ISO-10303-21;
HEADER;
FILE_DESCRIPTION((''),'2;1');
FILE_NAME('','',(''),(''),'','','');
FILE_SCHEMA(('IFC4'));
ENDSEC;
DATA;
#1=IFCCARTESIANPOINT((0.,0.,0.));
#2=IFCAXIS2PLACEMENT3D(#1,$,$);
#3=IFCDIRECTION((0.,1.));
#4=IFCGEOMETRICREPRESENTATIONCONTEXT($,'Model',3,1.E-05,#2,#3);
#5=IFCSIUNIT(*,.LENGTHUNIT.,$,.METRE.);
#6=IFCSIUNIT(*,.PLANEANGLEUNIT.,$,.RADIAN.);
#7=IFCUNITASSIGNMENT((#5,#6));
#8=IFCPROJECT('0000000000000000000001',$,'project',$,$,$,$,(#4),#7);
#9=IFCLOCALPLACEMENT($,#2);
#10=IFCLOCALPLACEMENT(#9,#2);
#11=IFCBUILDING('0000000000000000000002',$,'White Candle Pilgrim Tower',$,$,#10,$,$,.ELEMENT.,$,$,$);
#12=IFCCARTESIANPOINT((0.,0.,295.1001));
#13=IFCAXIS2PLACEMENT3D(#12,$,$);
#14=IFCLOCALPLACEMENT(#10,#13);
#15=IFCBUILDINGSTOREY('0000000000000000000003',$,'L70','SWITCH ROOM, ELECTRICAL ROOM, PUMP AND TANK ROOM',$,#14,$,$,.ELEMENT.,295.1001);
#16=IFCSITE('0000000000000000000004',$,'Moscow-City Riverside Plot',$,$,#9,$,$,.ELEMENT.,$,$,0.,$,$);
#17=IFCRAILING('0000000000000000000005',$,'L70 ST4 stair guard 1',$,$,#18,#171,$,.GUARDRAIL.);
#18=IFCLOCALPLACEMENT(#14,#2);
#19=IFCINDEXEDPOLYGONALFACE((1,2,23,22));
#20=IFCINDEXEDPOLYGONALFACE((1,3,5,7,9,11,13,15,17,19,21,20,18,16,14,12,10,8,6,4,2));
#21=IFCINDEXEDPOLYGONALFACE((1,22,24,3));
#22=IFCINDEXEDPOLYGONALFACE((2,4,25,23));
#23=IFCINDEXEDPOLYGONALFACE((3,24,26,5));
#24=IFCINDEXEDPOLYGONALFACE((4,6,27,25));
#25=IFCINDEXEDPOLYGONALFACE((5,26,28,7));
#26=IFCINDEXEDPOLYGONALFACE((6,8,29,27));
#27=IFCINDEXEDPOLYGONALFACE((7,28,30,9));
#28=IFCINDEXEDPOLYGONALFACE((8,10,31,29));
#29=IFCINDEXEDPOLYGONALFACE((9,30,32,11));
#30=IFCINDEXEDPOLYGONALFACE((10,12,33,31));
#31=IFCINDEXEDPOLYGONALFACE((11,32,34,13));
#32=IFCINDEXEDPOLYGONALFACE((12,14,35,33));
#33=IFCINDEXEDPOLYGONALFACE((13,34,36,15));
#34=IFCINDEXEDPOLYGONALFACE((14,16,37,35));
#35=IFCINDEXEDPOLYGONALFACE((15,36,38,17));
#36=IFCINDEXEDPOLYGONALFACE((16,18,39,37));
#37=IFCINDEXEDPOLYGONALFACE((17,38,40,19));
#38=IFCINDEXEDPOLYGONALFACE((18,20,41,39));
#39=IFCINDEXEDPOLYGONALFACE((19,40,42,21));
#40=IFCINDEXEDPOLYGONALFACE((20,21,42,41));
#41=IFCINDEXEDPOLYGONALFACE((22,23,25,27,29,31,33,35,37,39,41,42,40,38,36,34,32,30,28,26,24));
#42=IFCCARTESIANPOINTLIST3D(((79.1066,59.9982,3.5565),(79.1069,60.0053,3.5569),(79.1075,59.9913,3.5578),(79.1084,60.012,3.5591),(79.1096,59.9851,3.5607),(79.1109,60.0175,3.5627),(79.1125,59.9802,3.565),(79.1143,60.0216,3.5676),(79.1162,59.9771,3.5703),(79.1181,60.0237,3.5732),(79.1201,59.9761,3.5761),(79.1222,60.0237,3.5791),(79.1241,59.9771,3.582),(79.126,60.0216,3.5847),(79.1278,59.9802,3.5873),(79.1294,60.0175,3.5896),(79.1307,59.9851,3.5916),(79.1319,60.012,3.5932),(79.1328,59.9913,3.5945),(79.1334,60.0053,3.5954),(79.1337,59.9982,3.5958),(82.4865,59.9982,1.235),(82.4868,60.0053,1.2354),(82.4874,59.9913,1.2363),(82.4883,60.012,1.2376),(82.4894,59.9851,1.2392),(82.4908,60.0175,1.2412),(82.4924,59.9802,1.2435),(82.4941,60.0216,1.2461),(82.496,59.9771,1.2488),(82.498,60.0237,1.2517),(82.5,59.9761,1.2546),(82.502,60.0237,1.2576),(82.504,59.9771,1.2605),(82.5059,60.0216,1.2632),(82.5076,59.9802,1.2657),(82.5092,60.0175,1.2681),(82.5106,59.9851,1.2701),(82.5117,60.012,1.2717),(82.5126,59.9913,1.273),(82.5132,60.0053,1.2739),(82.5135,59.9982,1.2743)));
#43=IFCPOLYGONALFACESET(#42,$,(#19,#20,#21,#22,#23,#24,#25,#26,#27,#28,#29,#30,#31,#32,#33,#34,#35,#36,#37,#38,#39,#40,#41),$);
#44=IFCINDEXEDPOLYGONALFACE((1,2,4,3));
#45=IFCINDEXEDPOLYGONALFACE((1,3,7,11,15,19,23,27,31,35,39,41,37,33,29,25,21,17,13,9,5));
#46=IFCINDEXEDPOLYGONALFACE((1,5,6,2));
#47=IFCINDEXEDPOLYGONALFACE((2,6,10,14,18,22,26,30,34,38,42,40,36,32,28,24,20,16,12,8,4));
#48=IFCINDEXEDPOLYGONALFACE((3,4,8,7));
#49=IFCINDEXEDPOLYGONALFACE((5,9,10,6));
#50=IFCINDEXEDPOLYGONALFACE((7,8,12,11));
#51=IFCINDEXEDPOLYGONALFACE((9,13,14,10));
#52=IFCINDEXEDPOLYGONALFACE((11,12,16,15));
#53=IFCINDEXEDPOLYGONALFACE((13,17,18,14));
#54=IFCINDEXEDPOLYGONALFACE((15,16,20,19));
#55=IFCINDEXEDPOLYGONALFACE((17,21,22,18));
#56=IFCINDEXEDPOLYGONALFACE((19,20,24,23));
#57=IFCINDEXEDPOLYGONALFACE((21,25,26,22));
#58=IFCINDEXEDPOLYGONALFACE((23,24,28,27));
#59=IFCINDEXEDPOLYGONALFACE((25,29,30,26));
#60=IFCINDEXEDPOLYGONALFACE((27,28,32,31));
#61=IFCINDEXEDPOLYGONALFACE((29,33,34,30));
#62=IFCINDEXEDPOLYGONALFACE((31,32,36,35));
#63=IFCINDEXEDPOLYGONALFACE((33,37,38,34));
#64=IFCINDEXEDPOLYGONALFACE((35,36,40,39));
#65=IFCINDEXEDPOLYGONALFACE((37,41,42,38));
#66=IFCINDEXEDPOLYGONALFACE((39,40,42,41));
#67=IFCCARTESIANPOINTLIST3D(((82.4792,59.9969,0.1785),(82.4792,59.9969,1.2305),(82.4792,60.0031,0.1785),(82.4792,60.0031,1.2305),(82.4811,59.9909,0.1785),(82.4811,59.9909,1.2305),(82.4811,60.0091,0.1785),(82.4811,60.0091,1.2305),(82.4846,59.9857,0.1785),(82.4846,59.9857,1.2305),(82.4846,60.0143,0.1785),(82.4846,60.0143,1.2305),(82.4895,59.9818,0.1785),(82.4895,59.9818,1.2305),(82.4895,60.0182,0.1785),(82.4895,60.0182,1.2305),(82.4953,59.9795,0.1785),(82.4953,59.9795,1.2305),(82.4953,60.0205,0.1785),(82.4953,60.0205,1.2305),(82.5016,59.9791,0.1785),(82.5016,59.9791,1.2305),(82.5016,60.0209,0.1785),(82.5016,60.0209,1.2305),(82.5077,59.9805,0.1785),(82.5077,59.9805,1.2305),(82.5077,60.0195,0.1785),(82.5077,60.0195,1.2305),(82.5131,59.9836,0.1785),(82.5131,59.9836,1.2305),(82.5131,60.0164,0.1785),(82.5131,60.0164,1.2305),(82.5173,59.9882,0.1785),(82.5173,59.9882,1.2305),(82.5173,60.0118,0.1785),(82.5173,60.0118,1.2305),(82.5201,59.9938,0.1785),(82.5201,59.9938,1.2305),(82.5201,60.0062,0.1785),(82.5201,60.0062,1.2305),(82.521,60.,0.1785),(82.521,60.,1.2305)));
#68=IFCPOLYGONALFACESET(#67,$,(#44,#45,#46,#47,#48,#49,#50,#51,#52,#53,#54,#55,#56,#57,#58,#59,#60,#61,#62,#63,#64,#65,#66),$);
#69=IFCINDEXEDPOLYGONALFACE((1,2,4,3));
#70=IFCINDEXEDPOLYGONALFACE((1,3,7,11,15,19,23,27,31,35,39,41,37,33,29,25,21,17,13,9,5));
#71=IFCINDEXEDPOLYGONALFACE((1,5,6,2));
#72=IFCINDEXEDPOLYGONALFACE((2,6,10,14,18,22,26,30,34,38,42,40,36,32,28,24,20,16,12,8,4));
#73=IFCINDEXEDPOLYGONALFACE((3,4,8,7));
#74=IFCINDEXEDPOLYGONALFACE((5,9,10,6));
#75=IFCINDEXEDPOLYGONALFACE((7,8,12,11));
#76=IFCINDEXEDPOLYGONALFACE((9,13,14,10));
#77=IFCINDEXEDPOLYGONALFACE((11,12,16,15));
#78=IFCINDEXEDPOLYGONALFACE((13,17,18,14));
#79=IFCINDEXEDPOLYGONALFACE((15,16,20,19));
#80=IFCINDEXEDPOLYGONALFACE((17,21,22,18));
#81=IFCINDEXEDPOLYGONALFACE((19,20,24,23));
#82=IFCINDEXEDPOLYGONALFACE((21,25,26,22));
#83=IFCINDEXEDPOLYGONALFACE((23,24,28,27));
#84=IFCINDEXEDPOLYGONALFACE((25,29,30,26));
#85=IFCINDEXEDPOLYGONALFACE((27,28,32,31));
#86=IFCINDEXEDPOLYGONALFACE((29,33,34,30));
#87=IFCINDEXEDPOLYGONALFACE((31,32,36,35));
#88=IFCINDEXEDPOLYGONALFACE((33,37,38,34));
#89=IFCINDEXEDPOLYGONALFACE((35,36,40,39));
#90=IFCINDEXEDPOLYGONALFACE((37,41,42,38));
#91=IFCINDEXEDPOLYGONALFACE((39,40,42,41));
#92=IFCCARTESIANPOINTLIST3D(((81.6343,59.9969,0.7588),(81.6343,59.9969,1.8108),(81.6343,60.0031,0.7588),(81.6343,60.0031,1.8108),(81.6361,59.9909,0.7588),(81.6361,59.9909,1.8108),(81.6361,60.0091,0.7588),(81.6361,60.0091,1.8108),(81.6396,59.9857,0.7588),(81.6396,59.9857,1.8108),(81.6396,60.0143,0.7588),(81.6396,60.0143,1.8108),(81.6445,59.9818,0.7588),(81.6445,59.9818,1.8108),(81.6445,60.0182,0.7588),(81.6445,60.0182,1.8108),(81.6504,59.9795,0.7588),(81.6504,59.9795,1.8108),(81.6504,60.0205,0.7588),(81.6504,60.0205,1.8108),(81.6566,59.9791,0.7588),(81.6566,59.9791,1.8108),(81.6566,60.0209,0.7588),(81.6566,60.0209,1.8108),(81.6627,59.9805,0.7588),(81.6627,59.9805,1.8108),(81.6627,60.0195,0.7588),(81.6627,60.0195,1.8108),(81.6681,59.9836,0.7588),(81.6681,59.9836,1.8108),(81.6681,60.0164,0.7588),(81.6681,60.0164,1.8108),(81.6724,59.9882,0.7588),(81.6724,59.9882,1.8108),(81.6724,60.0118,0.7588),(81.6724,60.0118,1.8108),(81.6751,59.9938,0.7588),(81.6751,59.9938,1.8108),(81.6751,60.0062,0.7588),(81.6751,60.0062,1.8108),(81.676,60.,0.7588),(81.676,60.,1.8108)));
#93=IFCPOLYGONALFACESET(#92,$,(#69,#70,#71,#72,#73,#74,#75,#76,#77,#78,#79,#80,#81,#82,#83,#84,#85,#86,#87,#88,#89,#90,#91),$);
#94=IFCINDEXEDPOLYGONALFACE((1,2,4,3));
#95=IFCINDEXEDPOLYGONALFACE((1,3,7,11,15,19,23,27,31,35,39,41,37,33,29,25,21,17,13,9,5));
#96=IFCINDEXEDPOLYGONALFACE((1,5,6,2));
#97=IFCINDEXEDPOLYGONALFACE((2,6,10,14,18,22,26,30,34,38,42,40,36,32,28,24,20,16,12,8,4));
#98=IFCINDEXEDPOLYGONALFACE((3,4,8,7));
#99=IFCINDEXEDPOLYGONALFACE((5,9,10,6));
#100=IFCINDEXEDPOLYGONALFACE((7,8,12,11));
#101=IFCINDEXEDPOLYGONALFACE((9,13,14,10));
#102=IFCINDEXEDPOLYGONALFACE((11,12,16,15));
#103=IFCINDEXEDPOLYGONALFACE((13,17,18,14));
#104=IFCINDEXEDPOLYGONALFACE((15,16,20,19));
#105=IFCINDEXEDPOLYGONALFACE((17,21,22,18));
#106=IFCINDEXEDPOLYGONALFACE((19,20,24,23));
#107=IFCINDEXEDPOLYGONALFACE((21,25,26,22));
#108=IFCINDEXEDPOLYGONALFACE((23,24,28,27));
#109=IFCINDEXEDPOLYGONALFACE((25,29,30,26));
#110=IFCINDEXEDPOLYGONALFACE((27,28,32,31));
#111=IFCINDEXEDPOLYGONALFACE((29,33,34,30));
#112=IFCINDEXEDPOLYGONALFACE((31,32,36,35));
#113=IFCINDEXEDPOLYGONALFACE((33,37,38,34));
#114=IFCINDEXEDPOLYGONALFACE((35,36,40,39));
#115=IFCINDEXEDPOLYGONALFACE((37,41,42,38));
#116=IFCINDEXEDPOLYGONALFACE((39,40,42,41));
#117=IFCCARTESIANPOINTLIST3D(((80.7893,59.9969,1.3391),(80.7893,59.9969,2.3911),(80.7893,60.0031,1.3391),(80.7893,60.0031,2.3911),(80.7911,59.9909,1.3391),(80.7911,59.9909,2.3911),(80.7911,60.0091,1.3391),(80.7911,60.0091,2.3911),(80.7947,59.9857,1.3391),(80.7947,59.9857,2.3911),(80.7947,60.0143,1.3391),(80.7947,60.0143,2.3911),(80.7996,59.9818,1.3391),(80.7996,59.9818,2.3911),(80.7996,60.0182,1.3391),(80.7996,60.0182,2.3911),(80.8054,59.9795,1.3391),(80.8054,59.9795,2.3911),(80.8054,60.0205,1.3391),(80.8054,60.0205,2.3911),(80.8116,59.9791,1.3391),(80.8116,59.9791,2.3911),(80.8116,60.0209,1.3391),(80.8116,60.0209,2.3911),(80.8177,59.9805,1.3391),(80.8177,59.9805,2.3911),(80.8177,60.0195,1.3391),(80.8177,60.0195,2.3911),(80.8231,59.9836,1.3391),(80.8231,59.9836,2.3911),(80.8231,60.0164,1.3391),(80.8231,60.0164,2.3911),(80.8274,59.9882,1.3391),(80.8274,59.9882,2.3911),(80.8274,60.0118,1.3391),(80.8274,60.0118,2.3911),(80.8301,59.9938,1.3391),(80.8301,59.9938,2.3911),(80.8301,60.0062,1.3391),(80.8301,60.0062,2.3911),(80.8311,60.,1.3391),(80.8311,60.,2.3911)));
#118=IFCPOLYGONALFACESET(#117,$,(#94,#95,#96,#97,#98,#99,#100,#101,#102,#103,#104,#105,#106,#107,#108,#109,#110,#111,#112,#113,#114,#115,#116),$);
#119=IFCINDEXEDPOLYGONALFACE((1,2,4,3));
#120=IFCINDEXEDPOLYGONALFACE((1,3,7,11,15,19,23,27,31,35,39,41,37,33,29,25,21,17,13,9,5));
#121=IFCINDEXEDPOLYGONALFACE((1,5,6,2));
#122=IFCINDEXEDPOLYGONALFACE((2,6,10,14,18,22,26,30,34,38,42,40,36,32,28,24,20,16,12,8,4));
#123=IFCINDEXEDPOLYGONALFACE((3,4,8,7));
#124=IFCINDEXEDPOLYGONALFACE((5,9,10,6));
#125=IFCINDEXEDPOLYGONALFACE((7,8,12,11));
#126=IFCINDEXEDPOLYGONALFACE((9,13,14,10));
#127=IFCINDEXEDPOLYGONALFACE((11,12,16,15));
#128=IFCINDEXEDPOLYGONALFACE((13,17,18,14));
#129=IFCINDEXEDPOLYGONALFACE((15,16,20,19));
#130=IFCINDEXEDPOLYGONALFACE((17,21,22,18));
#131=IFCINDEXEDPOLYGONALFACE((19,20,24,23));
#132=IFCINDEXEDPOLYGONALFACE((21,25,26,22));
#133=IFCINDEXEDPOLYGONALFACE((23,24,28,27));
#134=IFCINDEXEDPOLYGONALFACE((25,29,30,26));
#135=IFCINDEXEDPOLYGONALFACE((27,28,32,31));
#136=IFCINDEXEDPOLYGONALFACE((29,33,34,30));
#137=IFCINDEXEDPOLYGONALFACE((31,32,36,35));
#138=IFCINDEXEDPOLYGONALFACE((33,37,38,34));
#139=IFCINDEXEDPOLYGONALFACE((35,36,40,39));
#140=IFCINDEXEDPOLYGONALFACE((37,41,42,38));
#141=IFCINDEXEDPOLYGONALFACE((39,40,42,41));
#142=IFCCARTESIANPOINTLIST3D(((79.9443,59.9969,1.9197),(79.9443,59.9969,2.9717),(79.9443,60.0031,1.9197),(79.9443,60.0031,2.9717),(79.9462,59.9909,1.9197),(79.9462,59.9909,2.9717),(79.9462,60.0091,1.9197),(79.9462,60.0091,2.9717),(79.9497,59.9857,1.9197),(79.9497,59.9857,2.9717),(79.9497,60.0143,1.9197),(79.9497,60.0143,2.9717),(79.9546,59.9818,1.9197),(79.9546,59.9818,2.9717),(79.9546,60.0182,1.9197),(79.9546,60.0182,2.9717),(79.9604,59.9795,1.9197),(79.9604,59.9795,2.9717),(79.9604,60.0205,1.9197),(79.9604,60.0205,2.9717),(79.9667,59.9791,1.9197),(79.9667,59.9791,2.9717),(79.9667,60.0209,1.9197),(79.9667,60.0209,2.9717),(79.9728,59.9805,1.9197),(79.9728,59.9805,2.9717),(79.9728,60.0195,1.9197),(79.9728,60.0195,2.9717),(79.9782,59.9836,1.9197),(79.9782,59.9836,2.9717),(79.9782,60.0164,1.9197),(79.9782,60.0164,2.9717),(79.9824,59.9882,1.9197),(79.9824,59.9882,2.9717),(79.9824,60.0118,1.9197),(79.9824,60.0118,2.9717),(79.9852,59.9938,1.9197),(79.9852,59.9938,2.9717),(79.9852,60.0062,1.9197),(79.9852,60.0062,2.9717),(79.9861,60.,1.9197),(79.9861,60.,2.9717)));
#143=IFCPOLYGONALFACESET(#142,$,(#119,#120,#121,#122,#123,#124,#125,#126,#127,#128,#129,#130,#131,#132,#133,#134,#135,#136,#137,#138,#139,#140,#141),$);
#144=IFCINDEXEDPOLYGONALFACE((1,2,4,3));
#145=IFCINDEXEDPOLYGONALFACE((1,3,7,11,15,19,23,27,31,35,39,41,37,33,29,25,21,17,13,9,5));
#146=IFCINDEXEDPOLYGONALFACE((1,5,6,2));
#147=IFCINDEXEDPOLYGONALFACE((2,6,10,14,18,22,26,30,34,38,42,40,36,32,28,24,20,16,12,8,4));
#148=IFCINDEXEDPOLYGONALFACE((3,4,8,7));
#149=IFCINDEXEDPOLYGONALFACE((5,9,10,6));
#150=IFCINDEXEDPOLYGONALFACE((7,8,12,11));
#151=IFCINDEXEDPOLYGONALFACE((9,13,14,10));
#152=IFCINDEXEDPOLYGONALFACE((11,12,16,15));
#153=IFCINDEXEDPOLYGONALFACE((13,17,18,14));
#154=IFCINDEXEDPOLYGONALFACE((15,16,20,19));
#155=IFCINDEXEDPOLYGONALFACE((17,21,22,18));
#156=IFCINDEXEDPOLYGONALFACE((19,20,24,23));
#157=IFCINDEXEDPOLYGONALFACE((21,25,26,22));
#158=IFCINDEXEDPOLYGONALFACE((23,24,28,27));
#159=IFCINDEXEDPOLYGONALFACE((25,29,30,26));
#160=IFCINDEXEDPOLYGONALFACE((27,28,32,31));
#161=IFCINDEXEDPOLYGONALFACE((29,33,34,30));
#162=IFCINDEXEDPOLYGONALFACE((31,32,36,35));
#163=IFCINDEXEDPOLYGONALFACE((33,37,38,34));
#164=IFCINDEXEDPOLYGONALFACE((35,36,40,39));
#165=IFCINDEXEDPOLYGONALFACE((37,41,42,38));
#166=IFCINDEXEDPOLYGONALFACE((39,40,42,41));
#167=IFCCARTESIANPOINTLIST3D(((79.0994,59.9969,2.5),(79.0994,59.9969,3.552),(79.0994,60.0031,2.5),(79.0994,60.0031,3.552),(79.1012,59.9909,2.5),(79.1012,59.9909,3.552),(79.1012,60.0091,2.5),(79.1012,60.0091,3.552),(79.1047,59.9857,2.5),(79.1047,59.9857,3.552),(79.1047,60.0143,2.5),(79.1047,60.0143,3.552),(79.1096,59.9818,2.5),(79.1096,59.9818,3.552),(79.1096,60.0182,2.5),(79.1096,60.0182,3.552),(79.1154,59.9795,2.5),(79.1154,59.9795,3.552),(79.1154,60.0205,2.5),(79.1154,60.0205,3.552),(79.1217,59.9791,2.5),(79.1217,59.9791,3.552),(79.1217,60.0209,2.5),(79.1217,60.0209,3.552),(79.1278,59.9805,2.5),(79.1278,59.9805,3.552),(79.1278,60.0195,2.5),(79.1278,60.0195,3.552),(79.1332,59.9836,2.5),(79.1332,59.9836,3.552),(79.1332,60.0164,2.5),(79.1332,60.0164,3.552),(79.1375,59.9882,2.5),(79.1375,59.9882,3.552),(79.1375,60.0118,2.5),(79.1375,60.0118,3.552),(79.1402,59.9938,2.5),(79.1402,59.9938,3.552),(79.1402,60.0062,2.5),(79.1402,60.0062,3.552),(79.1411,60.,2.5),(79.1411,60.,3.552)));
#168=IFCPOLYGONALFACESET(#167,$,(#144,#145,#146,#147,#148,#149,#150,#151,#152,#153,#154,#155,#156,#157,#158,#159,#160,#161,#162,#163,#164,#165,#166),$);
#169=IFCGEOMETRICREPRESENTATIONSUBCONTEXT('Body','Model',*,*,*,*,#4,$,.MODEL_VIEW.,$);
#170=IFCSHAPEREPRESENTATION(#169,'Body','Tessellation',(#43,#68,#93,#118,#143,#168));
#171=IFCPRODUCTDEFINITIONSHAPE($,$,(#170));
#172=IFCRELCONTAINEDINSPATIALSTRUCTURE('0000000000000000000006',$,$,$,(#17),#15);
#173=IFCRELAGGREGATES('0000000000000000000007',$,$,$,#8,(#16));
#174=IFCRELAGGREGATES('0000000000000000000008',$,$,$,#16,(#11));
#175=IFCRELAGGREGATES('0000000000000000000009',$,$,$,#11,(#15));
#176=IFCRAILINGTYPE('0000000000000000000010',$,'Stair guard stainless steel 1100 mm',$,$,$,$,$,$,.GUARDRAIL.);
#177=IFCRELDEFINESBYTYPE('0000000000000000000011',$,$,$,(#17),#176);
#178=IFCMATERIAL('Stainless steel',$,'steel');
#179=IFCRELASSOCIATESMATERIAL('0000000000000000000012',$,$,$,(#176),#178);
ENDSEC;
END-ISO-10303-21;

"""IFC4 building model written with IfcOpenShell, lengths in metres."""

from ifc_helpers import new_model, si_unit, direction, frame, origin, origin_2d, place, context, subcontext, project, spatial, circle, extrude, material, type_object, element, save


model = new_model("IFC4")

# Units and contexts
model_context = context("Model", 3, precision=1e-05, world=origin(), true_north=direction((0.0, 1.0)))
body_context = subcontext(model_context, "Body", "Model", "MODEL_VIEW")
ifc_project = project(units=[si_unit("LENGTHUNIT", "METRE"), si_unit("PLANEANGLEUNIT", "RADIAN")], contexts=[model_context])

# Site, building, storey
site_placement = place(None, origin())
site = spatial("IfcSite", under=ifc_project, at=site_placement, Name="Moscow-City Riverside Plot", CompositionType="ELEMENT", RefElevation=0.0)
building_placement = place(site_placement, origin())
building = spatial("IfcBuilding", under=site, at=building_placement, Name="White Candle Pilgrim Tower", CompositionType="ELEMENT")
storey_placement = place(building_placement, frame((0.0, 0.0, 295.1001)))
storey = spatial("IfcBuildingStorey", under=building, at=storey_placement, Name="L70", Description="SWITCH ROOM, ELECTRICAL ROOM, PUMP AND TANK ROOM", CompositionType="ELEMENT", Elevation=295.1001)

# Railing
ifc_material_1 = material(Name="Stainless steel", Category="steel")
railing_type_1 = type_object("IfcRailingType", Name="Stair guard stainless steel 1100 mm", PredefinedType="GUARDRAIL", material=ifc_material_1)
railing_1_placement = place(storey_placement, frame((82.5, 60.0, 0.1785)))
element("IfcRailing", 1, at=railing_1_placement, inside=storey, type_object=railing_type_1, Name="L70 ST4 stair guard 1", PredefinedType="GUARDRAIL", context=body_context, shape_type="SweptSolid", body=[
    extrude(circle(Radius=0.0239, at=origin_2d()), frame((0.0, 0.0, 1.0762), z_axis=(-0.824285, 0.0, 0.566175), x_axis=(0.0, -1.0, 0.0)), (0.0, 0.0, 1.0), 4.1003),
    extrude(circle(Radius=0.021, at=origin_2d()), origin(), (0.0, 0.0, 1.0), 1.052),
    extrude(circle(Radius=0.021, at=origin_2d()), frame((-0.845, 0.0, 0.5803)), (0.0, 0.0, 1.0), 1.052),
    extrude(circle(Radius=0.021, at=origin_2d()), frame((-1.6899, 0.0, 1.1606)), (0.0, 0.0, 1.0), 1.052),
    extrude(circle(Radius=0.021, at=origin_2d()), frame((-2.5349, 0.0, 1.7412)), (0.0, 0.0, 1.0), 1.052),
    extrude(circle(Radius=0.021, at=origin_2d()), frame((-3.3799, 0.0, 2.3215)), (0.0, 0.0, 1.0), 1.052),
])

save(model, "model.ifc")
